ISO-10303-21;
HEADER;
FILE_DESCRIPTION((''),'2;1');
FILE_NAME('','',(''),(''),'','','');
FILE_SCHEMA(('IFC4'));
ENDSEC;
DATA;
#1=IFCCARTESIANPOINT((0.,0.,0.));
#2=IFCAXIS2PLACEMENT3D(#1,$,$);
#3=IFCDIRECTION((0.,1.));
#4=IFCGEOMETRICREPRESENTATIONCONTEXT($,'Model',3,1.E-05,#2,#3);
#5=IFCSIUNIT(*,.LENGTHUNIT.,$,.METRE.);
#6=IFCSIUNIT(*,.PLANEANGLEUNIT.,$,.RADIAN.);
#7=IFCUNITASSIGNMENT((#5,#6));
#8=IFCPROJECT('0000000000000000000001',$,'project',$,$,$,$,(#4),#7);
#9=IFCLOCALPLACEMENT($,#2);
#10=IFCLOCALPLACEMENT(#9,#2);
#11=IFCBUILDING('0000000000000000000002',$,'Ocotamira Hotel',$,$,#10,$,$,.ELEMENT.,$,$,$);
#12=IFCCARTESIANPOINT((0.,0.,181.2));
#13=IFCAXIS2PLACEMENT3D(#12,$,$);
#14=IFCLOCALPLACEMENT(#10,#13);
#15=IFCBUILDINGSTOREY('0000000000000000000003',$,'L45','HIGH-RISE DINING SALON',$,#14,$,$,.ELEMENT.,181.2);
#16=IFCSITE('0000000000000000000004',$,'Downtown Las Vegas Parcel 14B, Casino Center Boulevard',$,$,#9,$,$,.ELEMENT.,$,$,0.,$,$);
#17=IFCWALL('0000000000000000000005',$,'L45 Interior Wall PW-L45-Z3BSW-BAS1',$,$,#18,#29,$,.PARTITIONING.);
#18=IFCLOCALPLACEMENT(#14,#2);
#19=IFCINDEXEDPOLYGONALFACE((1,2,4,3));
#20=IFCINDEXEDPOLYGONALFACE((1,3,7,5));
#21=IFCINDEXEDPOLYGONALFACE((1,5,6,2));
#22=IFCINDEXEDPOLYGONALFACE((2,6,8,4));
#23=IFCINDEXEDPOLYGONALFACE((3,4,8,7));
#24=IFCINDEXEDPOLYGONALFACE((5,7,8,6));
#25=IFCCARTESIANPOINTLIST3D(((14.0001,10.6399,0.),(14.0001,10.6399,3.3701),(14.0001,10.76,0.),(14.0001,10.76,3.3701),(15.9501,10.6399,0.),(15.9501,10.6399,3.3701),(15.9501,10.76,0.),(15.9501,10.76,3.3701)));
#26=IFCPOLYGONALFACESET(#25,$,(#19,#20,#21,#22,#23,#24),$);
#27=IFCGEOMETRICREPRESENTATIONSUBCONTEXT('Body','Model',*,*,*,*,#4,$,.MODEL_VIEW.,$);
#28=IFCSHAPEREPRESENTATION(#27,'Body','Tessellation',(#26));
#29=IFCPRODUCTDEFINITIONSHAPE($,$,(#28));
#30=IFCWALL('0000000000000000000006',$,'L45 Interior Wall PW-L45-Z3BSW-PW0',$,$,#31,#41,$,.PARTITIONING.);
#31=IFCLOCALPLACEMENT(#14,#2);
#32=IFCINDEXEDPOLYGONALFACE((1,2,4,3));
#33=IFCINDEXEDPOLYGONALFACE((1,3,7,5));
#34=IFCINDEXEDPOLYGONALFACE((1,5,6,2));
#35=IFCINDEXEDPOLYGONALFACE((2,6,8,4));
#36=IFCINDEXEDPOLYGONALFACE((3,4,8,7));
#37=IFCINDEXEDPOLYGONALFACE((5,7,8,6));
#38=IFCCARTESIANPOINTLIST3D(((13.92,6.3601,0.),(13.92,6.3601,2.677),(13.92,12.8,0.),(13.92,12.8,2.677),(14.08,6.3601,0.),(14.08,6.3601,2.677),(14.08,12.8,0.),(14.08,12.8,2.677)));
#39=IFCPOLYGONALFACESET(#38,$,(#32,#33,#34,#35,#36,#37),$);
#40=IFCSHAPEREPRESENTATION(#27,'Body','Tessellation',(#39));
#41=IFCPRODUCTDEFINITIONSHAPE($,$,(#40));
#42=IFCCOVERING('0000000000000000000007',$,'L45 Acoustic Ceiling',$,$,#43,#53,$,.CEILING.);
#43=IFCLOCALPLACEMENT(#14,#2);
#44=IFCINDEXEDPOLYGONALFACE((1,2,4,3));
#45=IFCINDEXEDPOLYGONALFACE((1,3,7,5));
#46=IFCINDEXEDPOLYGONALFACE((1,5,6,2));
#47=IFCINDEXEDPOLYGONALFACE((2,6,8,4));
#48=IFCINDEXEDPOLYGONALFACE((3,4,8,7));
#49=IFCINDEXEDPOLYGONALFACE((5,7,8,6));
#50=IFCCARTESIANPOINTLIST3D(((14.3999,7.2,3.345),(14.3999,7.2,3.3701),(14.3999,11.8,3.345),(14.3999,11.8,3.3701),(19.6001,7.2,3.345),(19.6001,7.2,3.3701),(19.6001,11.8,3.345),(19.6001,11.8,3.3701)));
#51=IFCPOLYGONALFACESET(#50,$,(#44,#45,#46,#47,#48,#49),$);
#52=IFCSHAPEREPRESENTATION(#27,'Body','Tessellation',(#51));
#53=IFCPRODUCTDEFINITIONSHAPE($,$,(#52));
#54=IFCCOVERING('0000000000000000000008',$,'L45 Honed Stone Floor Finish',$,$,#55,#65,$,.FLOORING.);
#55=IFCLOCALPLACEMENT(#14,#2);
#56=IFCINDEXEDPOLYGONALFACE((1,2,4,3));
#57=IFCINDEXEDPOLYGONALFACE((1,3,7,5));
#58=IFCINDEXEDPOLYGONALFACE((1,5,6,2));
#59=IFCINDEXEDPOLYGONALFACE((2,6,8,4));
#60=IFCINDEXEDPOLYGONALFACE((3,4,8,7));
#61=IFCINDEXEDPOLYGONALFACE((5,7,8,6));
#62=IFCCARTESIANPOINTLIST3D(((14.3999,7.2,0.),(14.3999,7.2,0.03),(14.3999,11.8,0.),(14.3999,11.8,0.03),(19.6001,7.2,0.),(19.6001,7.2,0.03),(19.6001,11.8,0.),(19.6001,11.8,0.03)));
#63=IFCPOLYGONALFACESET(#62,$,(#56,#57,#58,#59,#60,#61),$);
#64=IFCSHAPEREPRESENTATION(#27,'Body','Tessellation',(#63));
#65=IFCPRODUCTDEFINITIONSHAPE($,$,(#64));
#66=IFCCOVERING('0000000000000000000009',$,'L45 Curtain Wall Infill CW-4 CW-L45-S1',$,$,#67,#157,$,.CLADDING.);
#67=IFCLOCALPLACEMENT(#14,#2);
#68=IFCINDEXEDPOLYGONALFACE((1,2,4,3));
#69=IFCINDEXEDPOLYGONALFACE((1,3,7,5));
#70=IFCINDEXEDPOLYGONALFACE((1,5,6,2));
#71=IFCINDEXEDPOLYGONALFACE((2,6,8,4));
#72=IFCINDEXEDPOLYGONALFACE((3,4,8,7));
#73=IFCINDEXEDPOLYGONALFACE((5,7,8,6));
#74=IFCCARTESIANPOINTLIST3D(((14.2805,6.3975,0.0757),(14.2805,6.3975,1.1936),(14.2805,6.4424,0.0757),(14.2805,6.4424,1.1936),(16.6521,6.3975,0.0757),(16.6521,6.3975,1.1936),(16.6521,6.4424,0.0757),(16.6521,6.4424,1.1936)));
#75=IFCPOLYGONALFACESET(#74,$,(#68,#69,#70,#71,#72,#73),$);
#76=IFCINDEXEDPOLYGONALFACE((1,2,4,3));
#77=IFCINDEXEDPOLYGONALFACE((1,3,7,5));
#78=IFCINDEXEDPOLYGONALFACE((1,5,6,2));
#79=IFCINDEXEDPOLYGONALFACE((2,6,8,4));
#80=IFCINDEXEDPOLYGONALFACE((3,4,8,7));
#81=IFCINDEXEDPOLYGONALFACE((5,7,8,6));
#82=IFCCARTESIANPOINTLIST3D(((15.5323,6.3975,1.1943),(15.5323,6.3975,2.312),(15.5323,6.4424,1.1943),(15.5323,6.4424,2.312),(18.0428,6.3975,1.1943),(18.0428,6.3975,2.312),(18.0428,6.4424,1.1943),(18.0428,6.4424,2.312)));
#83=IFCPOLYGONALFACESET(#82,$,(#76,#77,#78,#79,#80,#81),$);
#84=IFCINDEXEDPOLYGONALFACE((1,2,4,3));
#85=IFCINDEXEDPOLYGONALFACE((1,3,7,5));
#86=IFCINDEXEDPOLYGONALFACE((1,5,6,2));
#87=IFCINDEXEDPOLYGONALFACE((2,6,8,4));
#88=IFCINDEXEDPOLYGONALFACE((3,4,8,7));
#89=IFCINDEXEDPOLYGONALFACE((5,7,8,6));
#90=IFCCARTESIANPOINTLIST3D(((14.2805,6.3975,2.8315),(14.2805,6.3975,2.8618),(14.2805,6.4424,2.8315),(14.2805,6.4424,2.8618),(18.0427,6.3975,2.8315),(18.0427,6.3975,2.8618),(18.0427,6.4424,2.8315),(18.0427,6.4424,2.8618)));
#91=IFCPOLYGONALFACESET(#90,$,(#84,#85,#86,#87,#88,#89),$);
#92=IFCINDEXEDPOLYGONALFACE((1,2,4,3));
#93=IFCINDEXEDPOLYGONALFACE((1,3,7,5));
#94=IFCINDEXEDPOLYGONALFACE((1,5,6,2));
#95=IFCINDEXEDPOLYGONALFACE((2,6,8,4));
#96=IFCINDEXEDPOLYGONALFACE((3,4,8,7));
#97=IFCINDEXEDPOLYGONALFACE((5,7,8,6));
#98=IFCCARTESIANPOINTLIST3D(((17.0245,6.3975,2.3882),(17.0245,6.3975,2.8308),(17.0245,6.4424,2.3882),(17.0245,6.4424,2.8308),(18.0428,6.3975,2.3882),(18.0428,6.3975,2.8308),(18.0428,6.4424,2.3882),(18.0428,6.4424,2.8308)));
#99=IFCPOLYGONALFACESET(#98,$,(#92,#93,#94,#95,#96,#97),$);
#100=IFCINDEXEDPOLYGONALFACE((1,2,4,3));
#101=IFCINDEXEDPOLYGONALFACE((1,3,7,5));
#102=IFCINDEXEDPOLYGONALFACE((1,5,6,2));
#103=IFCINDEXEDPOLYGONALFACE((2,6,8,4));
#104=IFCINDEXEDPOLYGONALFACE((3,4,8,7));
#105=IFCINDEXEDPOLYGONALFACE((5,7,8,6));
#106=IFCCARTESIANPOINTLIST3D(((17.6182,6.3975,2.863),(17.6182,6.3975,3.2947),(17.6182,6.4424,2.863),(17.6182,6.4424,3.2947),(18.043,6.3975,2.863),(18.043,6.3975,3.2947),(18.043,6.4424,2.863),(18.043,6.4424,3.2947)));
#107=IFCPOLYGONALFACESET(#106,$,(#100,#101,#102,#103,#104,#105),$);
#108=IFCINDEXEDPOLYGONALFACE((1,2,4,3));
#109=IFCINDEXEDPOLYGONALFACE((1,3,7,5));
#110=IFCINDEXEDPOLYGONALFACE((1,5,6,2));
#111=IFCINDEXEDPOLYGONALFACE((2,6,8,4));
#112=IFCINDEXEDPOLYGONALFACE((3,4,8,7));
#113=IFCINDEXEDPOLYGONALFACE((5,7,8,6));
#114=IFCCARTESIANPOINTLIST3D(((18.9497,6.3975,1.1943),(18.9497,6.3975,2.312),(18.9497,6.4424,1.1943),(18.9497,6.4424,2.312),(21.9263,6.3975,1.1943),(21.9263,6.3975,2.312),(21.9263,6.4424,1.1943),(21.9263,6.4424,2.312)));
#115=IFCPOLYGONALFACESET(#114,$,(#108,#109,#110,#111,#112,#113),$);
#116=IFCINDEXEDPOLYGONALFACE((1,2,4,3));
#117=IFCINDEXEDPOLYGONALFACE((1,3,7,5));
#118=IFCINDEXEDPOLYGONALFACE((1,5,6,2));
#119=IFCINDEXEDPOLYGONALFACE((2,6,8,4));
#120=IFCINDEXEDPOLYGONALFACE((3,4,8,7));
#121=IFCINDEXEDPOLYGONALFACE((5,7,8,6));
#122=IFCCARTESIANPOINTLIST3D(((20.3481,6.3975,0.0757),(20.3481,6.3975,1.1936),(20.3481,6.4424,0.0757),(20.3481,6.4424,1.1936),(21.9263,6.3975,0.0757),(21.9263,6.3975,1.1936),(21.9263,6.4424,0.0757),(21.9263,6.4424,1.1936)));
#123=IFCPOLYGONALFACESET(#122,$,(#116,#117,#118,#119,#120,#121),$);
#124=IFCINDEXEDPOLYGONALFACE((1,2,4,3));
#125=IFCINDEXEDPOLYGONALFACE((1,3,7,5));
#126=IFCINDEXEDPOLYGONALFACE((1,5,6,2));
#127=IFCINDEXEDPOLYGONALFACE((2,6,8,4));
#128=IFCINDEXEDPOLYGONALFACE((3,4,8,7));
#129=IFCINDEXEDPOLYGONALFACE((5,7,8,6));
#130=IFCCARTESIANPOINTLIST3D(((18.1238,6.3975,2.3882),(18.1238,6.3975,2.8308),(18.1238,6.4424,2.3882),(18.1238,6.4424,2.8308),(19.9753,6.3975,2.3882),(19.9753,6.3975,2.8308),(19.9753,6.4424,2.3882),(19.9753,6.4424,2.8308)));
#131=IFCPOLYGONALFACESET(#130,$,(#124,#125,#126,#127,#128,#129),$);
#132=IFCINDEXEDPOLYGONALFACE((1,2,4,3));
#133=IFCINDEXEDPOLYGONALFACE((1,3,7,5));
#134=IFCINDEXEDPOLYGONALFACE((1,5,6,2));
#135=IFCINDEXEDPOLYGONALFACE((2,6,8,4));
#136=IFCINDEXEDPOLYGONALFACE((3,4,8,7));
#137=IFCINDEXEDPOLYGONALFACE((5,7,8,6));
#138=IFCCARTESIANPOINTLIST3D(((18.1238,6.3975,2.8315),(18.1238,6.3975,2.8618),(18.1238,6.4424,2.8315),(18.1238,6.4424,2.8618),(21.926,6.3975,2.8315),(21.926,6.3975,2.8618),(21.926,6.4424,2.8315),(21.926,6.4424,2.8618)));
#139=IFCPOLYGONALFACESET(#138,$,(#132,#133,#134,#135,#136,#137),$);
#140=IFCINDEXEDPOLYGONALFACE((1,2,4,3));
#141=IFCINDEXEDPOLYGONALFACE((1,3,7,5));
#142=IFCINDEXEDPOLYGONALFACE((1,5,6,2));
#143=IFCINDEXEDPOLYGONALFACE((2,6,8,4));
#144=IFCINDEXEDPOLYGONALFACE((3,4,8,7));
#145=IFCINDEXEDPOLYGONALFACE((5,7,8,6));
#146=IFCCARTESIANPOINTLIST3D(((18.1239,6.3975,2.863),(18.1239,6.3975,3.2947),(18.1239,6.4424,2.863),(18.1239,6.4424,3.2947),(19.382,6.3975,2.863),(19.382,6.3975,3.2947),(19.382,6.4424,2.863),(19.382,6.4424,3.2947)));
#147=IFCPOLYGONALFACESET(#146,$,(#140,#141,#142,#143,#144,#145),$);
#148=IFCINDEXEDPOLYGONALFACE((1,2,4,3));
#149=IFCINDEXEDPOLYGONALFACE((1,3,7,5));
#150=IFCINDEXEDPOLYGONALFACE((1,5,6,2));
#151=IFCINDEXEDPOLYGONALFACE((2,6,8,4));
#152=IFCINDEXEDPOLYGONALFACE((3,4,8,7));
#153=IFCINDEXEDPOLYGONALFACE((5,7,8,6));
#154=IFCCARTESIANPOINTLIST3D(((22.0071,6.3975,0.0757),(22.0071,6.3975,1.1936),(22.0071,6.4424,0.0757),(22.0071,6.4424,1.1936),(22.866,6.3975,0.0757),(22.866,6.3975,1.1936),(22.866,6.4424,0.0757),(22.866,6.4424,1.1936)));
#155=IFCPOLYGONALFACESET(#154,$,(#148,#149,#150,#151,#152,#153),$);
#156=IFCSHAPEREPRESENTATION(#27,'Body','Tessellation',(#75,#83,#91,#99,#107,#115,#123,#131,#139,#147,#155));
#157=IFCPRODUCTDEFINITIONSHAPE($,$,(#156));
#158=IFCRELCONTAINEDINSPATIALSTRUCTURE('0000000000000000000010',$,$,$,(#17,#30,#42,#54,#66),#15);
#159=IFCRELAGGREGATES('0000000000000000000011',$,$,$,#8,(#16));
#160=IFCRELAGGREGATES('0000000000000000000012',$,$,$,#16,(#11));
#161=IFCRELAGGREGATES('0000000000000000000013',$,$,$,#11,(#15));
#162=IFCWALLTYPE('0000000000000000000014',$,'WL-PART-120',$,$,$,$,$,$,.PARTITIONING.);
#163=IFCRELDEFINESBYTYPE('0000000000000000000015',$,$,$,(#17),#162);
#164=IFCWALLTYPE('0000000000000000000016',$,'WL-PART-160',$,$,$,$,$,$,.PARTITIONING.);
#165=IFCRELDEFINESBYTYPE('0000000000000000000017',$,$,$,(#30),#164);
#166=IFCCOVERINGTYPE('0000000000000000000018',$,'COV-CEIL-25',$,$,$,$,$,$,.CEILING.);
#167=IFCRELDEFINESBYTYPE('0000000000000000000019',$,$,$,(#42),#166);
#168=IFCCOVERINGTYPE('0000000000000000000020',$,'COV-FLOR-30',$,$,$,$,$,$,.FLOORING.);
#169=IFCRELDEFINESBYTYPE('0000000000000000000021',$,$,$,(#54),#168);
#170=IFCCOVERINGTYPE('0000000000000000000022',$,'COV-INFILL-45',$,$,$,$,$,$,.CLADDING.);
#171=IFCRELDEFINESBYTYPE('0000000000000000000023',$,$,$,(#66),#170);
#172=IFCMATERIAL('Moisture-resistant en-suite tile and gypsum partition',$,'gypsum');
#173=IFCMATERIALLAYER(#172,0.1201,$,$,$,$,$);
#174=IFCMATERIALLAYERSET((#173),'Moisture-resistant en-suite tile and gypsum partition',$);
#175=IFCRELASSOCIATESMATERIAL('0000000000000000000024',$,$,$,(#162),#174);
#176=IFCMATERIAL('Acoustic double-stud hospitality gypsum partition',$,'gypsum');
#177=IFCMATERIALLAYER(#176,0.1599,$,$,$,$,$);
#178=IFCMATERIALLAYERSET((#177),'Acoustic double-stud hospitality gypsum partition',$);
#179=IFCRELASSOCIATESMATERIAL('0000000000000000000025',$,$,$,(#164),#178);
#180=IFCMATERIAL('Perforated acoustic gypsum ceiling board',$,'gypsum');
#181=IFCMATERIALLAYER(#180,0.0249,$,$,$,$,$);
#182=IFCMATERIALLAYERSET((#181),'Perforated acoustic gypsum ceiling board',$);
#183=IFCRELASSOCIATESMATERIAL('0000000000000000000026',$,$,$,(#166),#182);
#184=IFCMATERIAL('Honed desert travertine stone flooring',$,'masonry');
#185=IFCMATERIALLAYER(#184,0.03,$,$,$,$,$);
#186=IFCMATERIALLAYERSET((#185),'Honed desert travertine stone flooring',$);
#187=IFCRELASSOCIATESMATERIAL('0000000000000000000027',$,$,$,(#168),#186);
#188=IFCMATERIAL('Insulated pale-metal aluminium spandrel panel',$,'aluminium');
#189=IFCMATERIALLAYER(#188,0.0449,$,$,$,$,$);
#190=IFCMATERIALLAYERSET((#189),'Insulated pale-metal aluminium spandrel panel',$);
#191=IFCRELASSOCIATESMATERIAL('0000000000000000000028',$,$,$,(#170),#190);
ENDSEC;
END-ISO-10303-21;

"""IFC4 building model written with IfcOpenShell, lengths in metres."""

from ifc_helpers import new_model, si_unit, direction, frame, frame_2d, origin, origin_2d, place, context, subcontext, project, spatial, polyline, rectangle, outline, extrude, material, layer, layer_set, type_object, element, save


model = new_model("IFC4")

# Units and contexts
model_context = context("Model", 3, precision=1e-05, world=origin(), true_north=direction((0.0, 1.0)))
body_context = subcontext(model_context, "Body", "Model", "MODEL_VIEW")
ifc_project = project(units=[si_unit("LENGTHUNIT", "METRE"), si_unit("PLANEANGLEUNIT", "RADIAN")], contexts=[model_context])

# Site, building, storey
site_placement = place(None, origin())
site = spatial("IfcSite", under=ifc_project, at=site_placement, Name="Downtown Las Vegas Parcel 14B, Casino Center Boulevard", CompositionType="ELEMENT", RefElevation=0.0)
building_placement = place(site_placement, origin())
building = spatial("IfcBuilding", under=site, at=building_placement, Name="Ocotamira Hotel", CompositionType="ELEMENT")
storey_placement = place(building_placement, frame((0.0, 0.0, 181.2)))
storey = spatial("IfcBuildingStorey", under=building, at=storey_placement, Name="L45", Description="HIGH-RISE DINING SALON", CompositionType="ELEMENT", Elevation=181.2)

# Walls
ifc_material_1 = material(Name="Moisture-resistant en-suite tile and gypsum partition", Category="gypsum")
ifc_layer_1 = layer(ifc_material_1, 0.1201)
ifc_layer_set_1 = layer_set([ifc_layer_1], Name="Moisture-resistant en-suite tile and gypsum partition")
wall_type_1 = type_object("IfcWallType", Name="WL-PART-120", PredefinedType="PARTITIONING", material=ifc_layer_set_1)
wall_1_placement = place(storey_placement, frame((14.0, 10.7, 0.0), z_axis=(0.0, 0.0, 1.0), x_axis=(1.0, 0.0, 0.0)))
element("IfcWall", 1, at=wall_1_placement, inside=storey, type_object=wall_type_1, Name="L45 Interior Wall PW-L45-Z3BSW-BAS1", PredefinedType="PARTITIONING", context=body_context, shape_type="SweptSolid", body=[
    extrude(rectangle(XDim=1.95, YDim=0.1201, at=frame_2d((0.9751, 0.0))), origin(), (0.0, 0.0, 1.0), 3.3701),
])
ifc_material_2 = material(Name="Acoustic double-stud hospitality gypsum partition", Category="gypsum")
ifc_layer_2 = layer(ifc_material_2, 0.1599)
ifc_layer_set_2 = layer_set([ifc_layer_2], Name="Acoustic double-stud hospitality gypsum partition")
wall_type_2 = type_object("IfcWallType", Name="WL-PART-160", PredefinedType="PARTITIONING", material=ifc_layer_set_2)
wall_2_placement = place(storey_placement, frame((14.0, 6.3601, 0.0), z_axis=(0.0, 0.0, 1.0), x_axis=(0.0, 1.0, 0.0)))
element("IfcWall", 2, at=wall_2_placement, inside=storey, type_object=wall_type_2, Name="L45 Interior Wall PW-L45-Z3BSW-PW0", PredefinedType="PARTITIONING", context=body_context, shape_type="SweptSolid", body=[
    extrude(rectangle(XDim=6.4399, YDim=0.1599, at=frame_2d((3.22, 0.0))), origin(), (0.0, 0.0, 1.0), 2.677),
])

# Coverings
ifc_material_3 = material(Name="Perforated acoustic gypsum ceiling board", Category="gypsum")
ifc_layer_3 = layer(ifc_material_3, 0.0249)
ifc_layer_set_3 = layer_set([ifc_layer_3], Name="Perforated acoustic gypsum ceiling board")
covering_type_1 = type_object("IfcCoveringType", Name="COV-CEIL-25", PredefinedType="CEILING", material=ifc_layer_set_3)
covering_1_placement = place(storey_placement, frame((0.0, 0.0, 3.345)))
element("IfcCovering", 3, at=covering_1_placement, inside=storey, type_object=covering_type_1, Name="L45 Acoustic Ceiling", PredefinedType="CEILING", context=body_context, shape_type="SweptSolid", body=[
    extrude(outline(polyline([(14.3999, 7.2), (19.6001, 7.2), (19.6001, 11.8), (14.3999, 11.8), (14.3999, 7.2)])), origin(), (0.0, 0.0, 1.0), 0.0251),
])
ifc_material_4 = material(Name="Honed desert travertine stone flooring", Category="masonry")
ifc_layer_4 = layer(ifc_material_4, 0.03)
ifc_layer_set_4 = layer_set([ifc_layer_4], Name="Honed desert travertine stone flooring")
covering_type_2 = type_object("IfcCoveringType", Name="COV-FLOR-30", PredefinedType="FLOORING", material=ifc_layer_set_4)
covering_2_placement = place(storey_placement, origin())
element("IfcCovering", 4, at=covering_2_placement, inside=storey, type_object=covering_type_2, Name="L45 Honed Stone Floor Finish", PredefinedType="FLOORING", context=body_context, shape_type="SweptSolid", body=[
    extrude(outline(polyline([(14.3999, 7.2), (19.6001, 7.2), (19.6001, 11.8), (14.3999, 11.8), (14.3999, 7.2)])), origin(), (0.0, 0.0, 1.0), 0.03),
])
ifc_material_5 = material(Name="Insulated pale-metal aluminium spandrel panel", Category="aluminium")
ifc_layer_5 = layer(ifc_material_5, 0.0449)
ifc_layer_set_5 = layer_set([ifc_layer_5], Name="Insulated pale-metal aluminium spandrel panel")
covering_type_3 = type_object("IfcCoveringType", Name="COV-INFILL-45", PredefinedType="CLADDING", material=ifc_layer_set_5)
covering_3_placement = place(storey_placement, origin())
element("IfcCovering", 5, at=covering_3_placement, inside=storey, type_object=covering_type_3, Name="L45 Curtain Wall Infill CW-4 CW-L45-S1", PredefinedType="CLADDING", context=body_context, shape_type="SweptSolid", body=[
    extrude(rectangle(XDim=2.3716, YDim=0.0449, at=origin_2d()), frame((15.4663, 6.4199, 0.0757), z_axis=(0.0, 0.0, 1.0), x_axis=(1.0, 0.0, 0.0)), (0.0, 0.0, 1.0), 1.1179),
    extrude(rectangle(XDim=2.5105, YDim=0.0449, at=origin_2d()), frame((16.7876, 6.4199, 1.1943), z_axis=(0.0, 0.0, 1.0), x_axis=(1.0, 0.0, 0.0)), (0.0, 0.0, 1.0), 1.1177),
    extrude(rectangle(XDim=3.7622, YDim=0.0449, at=origin_2d()), frame((16.1616, 6.4199, 2.8315), z_axis=(0.0, 0.0, 1.0), x_axis=(1.0, 0.0, 0.0)), (0.0, 0.0, 1.0), 0.0303),
    extrude(rectangle(XDim=1.0183, YDim=0.0449, at=origin_2d()), frame((17.5337, 6.4199, 2.3882), z_axis=(0.0, 0.0, 1.0), x_axis=(1.0, 0.0, 0.0)), (0.0, 0.0, 1.0), 0.4426),
    extrude(rectangle(XDim=0.4248, YDim=0.0449, at=origin_2d()), frame((17.8306, 6.4199, 2.863), z_axis=(0.0, 0.0, 1.0), x_axis=(1.0, 0.0, 0.0)), (0.0, 0.0, 1.0), 0.4316),
    extrude(rectangle(XDim=2.9766, YDim=0.0449, at=origin_2d()), frame((20.438, 6.4199, 1.1943), z_axis=(0.0, 0.0, 1.0), x_axis=(1.0, 0.0, 0.0)), (0.0, 0.0, 1.0), 1.1177),
    extrude(rectangle(XDim=1.5781, YDim=0.0449, at=origin_2d()), frame((21.1372, 6.4199, 0.0757), z_axis=(0.0, 0.0, 1.0), x_axis=(1.0, 0.0, 0.0)), (0.0, 0.0, 1.0), 1.1179),
    extrude(rectangle(XDim=1.8516, YDim=0.0449, at=origin_2d()), frame((19.0496, 6.4199, 2.3882), z_axis=(0.0, 0.0, 1.0), x_axis=(1.0, 0.0, 0.0)), (0.0, 0.0, 1.0), 0.4426),
    extrude(rectangle(XDim=3.8022, YDim=0.0449, at=origin_2d()), frame((20.0249, 6.4199, 2.8315), z_axis=(0.0, 0.0, 1.0), x_axis=(1.0, 0.0, 0.0)), (0.0, 0.0, 1.0), 0.0303),
    extrude(rectangle(XDim=1.2581, YDim=0.0449, at=origin_2d()), frame((18.7529, 6.4199, 2.863), z_axis=(0.0, 0.0, 1.0), x_axis=(1.0, 0.0, 0.0)), (0.0, 0.0, 1.0), 0.4316),
    extrude(rectangle(XDim=0.8589, YDim=0.0449, at=origin_2d()), frame((22.4365, 6.4199, 0.0757), z_axis=(0.0, 0.0, 1.0), x_axis=(1.0, 0.0, 0.0)), (0.0, 0.0, 1.0), 1.1179),
])

save(model, "model.ifc")
